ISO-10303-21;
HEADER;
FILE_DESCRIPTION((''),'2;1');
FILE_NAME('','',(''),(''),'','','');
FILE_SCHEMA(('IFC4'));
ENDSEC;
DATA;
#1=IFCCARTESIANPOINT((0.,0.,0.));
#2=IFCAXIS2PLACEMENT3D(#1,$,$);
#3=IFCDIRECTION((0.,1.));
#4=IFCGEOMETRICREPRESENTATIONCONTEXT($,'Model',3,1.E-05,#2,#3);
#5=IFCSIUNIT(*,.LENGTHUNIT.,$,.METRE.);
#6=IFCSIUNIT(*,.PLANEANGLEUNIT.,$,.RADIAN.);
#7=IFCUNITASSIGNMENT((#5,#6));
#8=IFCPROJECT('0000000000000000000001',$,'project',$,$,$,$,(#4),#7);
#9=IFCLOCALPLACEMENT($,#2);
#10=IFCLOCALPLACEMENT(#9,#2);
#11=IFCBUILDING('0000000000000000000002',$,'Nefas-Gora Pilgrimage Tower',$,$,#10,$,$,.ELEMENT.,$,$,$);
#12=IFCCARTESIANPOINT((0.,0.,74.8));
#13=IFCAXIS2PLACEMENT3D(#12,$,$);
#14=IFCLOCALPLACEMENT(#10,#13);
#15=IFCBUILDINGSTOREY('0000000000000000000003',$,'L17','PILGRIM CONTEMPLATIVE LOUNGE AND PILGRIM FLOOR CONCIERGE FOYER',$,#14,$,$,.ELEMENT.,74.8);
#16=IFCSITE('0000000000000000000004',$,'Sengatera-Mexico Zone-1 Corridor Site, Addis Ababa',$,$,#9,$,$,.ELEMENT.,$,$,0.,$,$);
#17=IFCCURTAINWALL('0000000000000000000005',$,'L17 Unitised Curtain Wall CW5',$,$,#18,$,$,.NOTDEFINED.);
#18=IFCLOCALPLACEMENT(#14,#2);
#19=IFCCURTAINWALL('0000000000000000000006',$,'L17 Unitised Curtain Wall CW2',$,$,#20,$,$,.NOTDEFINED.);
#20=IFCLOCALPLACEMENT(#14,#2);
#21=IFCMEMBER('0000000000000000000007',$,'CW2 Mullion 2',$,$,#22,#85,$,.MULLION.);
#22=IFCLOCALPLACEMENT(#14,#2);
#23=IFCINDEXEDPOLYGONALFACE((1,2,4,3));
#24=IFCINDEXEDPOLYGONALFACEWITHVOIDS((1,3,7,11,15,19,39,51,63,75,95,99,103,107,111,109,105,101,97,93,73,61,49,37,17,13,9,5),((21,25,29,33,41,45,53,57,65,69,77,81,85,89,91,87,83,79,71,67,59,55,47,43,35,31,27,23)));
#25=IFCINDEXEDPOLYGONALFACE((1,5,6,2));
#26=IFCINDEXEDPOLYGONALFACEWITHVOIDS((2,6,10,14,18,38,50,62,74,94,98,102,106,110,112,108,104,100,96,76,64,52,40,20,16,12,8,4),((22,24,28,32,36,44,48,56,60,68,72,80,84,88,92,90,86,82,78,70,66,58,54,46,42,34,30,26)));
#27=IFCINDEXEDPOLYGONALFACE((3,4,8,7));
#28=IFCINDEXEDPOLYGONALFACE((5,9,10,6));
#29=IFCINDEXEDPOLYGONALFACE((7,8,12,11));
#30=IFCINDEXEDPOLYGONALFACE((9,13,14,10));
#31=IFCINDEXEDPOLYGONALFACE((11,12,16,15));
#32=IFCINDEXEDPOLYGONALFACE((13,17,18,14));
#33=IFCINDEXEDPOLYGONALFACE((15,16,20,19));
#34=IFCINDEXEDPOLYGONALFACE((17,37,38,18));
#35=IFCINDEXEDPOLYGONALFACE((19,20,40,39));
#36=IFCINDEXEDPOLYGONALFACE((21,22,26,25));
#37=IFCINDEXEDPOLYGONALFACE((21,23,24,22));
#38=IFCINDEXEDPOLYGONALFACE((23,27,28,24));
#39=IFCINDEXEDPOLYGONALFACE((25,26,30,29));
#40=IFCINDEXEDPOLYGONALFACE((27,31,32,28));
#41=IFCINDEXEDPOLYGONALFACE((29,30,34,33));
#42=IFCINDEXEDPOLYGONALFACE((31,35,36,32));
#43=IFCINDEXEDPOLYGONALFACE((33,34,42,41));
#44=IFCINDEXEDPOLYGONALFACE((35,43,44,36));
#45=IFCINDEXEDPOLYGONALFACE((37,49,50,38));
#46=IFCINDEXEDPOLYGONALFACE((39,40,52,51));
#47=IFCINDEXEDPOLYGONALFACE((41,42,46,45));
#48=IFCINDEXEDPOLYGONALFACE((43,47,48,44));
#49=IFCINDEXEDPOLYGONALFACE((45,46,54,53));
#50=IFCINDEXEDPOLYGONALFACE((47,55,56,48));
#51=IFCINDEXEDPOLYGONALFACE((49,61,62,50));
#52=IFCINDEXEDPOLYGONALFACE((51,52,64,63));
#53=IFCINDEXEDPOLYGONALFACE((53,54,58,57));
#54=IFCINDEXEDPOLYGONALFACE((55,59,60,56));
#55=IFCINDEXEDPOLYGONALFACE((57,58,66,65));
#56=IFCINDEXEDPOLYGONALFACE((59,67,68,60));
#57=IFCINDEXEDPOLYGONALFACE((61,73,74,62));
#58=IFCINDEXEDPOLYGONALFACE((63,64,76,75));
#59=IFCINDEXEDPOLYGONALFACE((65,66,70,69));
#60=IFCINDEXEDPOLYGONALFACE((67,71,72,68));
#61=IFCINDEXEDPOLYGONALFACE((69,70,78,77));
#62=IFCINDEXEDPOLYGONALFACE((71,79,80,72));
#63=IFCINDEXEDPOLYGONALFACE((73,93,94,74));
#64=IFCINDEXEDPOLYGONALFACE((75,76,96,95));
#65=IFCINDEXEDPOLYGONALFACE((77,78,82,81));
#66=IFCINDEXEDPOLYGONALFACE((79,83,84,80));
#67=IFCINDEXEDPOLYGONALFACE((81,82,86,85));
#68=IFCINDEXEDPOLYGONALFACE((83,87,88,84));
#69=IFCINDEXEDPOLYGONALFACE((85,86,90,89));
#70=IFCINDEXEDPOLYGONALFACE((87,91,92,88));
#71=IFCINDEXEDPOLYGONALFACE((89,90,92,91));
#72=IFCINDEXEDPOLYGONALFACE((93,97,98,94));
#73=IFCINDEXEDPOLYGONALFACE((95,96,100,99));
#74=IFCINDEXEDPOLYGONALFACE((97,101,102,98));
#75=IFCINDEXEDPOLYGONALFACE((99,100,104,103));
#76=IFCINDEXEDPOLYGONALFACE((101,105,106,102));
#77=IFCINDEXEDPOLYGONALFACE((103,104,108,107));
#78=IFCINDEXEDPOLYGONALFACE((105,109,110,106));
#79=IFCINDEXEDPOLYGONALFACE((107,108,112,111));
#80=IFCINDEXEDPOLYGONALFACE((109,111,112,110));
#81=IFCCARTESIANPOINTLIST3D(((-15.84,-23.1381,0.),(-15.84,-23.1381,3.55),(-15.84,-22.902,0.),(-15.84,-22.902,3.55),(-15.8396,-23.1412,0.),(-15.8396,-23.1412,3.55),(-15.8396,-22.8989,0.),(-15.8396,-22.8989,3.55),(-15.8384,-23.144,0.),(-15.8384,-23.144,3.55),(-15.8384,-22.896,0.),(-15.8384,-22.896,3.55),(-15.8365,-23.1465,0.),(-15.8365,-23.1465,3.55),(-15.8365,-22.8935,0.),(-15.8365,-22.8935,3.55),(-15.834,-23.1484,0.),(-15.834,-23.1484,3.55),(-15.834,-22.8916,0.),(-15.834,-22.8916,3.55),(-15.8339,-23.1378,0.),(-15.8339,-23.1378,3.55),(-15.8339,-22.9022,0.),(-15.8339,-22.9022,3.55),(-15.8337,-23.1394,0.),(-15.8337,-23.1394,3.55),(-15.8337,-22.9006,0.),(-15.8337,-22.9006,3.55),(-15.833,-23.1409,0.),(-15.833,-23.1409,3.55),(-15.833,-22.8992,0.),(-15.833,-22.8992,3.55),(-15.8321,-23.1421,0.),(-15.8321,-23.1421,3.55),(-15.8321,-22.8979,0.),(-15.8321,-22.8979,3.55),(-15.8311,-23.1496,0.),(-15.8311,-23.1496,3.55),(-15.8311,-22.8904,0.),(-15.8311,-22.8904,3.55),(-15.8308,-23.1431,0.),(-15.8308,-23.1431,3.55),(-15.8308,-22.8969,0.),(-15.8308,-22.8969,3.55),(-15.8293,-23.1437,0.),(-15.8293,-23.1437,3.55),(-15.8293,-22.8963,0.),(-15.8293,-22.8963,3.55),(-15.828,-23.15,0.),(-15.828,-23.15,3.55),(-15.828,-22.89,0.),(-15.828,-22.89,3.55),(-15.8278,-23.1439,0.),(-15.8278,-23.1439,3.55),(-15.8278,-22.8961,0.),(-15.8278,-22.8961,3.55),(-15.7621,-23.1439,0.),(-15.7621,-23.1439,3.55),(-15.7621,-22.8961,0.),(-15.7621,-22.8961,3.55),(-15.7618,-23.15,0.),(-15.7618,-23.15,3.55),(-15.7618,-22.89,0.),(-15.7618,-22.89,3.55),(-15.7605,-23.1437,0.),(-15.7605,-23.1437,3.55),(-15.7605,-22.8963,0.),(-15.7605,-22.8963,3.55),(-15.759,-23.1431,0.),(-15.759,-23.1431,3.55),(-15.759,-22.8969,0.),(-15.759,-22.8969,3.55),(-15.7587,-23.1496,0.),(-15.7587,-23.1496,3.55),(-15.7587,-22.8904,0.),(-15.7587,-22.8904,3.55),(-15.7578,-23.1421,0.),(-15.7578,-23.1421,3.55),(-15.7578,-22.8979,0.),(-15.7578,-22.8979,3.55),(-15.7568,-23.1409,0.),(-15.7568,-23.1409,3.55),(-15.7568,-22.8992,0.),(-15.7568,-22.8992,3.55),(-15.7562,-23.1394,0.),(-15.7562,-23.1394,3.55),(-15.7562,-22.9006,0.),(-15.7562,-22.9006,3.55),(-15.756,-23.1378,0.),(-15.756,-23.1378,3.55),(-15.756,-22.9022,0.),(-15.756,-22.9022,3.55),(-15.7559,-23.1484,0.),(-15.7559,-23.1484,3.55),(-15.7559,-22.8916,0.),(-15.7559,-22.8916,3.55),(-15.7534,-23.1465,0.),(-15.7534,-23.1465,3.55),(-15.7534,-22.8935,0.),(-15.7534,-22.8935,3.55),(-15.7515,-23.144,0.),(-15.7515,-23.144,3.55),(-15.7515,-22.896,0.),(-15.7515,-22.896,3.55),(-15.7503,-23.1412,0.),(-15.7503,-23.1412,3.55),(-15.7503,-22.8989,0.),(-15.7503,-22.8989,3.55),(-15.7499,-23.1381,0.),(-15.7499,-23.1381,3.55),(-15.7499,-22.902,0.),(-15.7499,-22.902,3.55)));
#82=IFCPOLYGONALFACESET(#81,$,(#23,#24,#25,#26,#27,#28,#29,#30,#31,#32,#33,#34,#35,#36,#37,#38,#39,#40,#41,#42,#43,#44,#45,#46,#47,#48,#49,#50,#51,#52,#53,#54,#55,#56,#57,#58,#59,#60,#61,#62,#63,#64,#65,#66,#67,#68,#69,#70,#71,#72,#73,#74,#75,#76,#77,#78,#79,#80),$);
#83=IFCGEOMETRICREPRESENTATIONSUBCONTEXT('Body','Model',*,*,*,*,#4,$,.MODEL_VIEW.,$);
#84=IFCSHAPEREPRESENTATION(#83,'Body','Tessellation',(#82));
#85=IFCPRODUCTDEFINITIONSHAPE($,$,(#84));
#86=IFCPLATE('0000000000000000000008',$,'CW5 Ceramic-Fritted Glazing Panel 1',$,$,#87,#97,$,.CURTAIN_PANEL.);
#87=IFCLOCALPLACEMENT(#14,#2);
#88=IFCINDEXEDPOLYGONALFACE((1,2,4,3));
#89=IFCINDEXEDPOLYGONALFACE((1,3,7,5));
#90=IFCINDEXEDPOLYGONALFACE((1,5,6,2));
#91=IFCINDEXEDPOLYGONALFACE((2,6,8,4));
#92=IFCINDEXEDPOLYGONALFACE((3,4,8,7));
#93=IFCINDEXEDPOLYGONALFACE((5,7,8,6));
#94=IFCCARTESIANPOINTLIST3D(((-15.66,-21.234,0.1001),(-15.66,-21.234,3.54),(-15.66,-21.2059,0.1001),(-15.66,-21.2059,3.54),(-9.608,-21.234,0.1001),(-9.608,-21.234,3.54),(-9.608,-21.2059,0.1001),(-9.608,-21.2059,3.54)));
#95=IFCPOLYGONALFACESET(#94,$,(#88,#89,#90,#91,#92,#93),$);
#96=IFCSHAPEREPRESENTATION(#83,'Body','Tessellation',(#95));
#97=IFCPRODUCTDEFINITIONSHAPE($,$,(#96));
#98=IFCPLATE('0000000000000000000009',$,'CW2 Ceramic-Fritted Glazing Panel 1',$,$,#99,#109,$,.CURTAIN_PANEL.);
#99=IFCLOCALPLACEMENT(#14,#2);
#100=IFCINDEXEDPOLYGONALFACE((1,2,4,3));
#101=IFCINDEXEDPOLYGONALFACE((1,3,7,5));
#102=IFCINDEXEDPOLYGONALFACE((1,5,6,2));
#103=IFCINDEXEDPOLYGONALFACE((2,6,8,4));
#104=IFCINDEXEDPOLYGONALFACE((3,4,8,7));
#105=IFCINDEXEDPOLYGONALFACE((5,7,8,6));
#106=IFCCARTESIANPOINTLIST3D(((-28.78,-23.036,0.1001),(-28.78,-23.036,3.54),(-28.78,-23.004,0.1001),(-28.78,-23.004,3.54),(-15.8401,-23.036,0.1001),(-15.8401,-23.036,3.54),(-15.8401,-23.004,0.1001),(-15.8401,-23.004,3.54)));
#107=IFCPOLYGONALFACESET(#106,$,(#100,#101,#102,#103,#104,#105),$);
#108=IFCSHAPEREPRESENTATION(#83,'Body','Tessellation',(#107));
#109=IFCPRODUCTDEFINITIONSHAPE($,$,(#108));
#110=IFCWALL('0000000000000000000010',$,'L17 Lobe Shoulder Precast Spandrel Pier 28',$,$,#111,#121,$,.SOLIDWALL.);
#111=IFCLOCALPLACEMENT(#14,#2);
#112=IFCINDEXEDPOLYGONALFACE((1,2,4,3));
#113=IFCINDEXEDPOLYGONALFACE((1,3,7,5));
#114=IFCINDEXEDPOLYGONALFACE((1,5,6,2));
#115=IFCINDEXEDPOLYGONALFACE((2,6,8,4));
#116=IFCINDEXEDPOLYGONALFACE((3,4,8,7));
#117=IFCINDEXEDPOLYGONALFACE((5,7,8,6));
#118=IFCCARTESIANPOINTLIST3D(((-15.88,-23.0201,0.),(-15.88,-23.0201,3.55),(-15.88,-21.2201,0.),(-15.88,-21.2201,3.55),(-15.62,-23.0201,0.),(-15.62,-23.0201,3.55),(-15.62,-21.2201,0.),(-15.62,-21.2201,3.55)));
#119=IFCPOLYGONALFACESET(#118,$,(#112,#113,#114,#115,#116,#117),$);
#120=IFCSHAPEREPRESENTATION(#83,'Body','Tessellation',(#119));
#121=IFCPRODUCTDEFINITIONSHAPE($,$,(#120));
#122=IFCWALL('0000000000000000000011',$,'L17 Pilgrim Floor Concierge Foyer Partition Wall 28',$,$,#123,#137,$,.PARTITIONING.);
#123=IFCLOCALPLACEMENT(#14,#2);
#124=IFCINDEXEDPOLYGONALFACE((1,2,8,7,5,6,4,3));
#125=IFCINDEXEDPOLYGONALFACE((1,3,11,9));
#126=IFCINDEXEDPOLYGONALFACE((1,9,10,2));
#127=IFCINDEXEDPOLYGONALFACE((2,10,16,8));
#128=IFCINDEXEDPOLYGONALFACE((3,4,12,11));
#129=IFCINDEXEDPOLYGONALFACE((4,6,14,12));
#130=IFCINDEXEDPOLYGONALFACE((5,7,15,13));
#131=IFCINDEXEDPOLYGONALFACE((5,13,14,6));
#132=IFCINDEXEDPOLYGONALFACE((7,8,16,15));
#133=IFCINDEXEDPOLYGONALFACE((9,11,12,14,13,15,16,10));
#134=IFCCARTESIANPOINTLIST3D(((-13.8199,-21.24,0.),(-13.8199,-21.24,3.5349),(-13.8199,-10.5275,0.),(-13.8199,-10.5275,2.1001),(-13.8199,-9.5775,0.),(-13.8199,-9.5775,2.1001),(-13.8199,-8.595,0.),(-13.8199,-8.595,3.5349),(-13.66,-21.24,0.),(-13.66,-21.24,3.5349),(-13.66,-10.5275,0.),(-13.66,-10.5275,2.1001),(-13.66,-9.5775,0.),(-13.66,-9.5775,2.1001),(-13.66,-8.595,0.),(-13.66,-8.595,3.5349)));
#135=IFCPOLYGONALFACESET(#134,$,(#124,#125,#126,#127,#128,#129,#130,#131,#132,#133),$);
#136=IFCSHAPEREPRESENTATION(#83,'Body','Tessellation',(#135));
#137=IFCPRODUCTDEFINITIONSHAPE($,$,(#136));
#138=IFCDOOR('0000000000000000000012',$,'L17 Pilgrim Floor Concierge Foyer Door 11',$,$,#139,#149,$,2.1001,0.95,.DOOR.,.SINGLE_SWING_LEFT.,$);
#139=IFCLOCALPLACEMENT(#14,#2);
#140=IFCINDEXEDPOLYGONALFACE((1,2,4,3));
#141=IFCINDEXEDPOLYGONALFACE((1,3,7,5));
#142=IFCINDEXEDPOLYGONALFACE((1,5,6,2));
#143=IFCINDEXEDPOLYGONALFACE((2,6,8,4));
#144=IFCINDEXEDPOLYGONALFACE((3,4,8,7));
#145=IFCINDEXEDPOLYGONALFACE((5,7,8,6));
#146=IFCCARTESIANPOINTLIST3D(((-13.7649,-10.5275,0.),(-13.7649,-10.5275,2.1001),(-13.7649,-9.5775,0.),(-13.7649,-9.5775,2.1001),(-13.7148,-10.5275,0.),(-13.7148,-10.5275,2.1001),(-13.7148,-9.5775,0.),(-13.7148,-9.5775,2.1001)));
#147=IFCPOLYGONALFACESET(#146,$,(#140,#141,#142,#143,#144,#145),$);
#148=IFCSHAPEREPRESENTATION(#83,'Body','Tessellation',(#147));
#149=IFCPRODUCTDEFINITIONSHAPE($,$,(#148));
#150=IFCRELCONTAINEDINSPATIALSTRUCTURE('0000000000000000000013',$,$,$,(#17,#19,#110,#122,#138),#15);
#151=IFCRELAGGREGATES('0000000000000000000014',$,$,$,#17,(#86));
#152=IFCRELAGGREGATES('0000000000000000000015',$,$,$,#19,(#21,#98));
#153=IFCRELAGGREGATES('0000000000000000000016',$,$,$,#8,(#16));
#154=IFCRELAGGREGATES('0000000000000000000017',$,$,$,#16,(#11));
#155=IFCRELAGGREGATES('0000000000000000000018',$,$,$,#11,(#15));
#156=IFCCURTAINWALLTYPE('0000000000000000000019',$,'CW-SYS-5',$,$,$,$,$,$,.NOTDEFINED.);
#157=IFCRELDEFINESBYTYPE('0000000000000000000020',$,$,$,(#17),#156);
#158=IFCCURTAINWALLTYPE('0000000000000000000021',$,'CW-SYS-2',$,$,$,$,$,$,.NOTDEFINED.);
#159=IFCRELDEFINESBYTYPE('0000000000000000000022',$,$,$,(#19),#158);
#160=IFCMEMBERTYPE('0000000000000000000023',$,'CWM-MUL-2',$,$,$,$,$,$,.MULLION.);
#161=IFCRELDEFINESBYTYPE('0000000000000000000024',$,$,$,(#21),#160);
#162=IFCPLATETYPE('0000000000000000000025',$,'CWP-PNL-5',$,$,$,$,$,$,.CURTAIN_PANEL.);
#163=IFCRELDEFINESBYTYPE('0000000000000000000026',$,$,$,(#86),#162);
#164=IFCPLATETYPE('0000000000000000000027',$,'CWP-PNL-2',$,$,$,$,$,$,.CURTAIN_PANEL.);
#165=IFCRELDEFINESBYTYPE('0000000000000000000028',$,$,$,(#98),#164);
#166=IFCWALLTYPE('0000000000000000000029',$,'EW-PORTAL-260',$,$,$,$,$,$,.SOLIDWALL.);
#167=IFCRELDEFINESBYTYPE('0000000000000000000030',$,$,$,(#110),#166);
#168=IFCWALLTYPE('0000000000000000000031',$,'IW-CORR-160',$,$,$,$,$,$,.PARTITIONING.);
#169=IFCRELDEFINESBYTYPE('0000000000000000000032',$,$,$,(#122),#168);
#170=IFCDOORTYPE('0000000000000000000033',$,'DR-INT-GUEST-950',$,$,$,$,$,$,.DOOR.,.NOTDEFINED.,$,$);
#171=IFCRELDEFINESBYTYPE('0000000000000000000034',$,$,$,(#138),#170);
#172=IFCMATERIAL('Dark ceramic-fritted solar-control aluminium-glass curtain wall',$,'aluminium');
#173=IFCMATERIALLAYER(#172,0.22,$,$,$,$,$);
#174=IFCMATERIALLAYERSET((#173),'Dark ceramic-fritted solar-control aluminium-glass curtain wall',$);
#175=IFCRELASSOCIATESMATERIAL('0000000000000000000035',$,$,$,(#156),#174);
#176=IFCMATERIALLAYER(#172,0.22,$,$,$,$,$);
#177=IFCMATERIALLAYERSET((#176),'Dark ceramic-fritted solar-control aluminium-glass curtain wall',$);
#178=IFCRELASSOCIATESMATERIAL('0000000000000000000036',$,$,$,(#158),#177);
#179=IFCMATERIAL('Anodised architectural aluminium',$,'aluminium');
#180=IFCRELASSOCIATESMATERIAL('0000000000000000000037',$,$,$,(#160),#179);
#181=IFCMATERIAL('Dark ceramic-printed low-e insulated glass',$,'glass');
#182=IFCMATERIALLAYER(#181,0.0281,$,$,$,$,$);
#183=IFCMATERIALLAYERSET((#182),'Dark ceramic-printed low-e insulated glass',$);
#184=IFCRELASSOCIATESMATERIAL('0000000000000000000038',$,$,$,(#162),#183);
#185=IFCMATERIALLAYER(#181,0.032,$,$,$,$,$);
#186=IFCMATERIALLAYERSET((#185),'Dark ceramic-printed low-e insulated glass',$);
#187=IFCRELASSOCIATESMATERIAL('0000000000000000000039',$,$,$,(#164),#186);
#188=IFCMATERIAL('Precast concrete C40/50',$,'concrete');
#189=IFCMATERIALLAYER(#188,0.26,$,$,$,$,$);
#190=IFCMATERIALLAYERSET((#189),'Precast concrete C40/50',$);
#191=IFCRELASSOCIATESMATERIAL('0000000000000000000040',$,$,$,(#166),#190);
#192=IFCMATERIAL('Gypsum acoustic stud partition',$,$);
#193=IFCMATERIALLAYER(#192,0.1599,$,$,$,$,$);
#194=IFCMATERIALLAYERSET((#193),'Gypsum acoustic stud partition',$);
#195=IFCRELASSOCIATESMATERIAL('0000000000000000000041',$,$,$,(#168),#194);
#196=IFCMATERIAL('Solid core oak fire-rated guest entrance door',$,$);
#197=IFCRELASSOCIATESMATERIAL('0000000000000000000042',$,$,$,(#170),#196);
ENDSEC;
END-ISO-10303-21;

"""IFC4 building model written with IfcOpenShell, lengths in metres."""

from ifc_helpers import new_model, si_unit, direction, frame, frame_2d, origin, origin_2d, place, context, subcontext, project, spatial, rectangle, hollow_rectangle, extrude, source, transform, mapped, material, layer, layer_set, material_profile, profile_set, type_object, element, fill, aggregate, save


model = new_model("IFC4")

# Units and contexts
model_context = context("Model", 3, precision=1e-05, world=origin(), true_north=direction((0.0, 1.0)))
body_context = subcontext(model_context, "Body", "Model", "MODEL_VIEW")
ifc_project = project(units=[si_unit("LENGTHUNIT", "METRE"), si_unit("PLANEANGLEUNIT", "RADIAN")], contexts=[model_context])

# Site, building, storey
site_placement = place(None, origin())
site = spatial("IfcSite", under=ifc_project, at=site_placement, Name="Sengatera-Mexico Zone-1 Corridor Site, Addis Ababa", CompositionType="ELEMENT", RefElevation=0.0)
building_placement = place(site_placement, origin())
building = spatial("IfcBuilding", under=site, at=building_placement, Name="Nefas-Gora Pilgrimage Tower", CompositionType="ELEMENT")
storey_placement = place(building_placement, frame((0.0, 0.0, 74.8)))
storey = spatial("IfcBuildingStorey", under=building, at=storey_placement, Name="L17", Description="PILGRIM CONTEMPLATIVE LOUNGE AND PILGRIM FLOOR CONCIERGE FOYER", CompositionType="ELEMENT", Elevation=74.8)

# Curtain wall
ifc_material_1 = material(Name="Dark ceramic-fritted solar-control aluminium-glass curtain wall", Category="aluminium")
ifc_layer_1 = layer(ifc_material_1, 0.22)
ifc_layer_set_1 = layer_set([ifc_layer_1], Name="Dark ceramic-fritted solar-control aluminium-glass curtain wall")
curtain_wall_type_1 = type_object("IfcCurtainWallType", Name="CW-SYS-5", PredefinedType="NOTDEFINED", material=ifc_layer_set_1)
curtain_wall_1_placement = place(storey_placement, origin())
curtain_wall_1 = element("IfcCurtainWall", 1, at=curtain_wall_1_placement, inside=storey, type_object=curtain_wall_type_1, Name="L17 Unitised Curtain Wall CW5", PredefinedType="NOTDEFINED")
ifc_material_2 = material(Name="Anodised architectural aluminium", Category="aluminium")

# Curtain wall, member
ifc_layer_2 = layer(ifc_material_1, 0.22)
ifc_layer_set_2 = layer_set([ifc_layer_2], Name="Dark ceramic-fritted solar-control aluminium-glass curtain wall")
curtain_wall_type_2 = type_object("IfcCurtainWallType", Name="CW-SYS-2", PredefinedType="NOTDEFINED", material=ifc_layer_set_2)
curtain_wall_2_placement = place(storey_placement, origin())
curtain_wall_2 = element("IfcCurtainWall", 2, at=curtain_wall_2_placement, inside=storey, type_object=curtain_wall_type_2, Name="L17 Unitised Curtain Wall CW2", PredefinedType="NOTDEFINED")
ifc_material_profile_1 = material_profile(ifc_material_2, hollow_rectangle(XDim=0.0901, YDim=0.26, WallThickness=0.0061, InnerFilletRadius=0.0061, OuterFilletRadius=0.012, at=origin_2d()), Name="ALU MULLION 90x260")
ifc_profile_set_1 = profile_set([ifc_material_profile_1], Name="Anodised architectural aluminium")
member_type_1 = type_object("IfcMemberType", Name="CWM-MUL-2", PredefinedType="MULLION", material=ifc_profile_set_1)
shared_shape_1 = source(origin(), body_context, "Body", "SweptSolid", [
    extrude(hollow_rectangle(XDim=0.0901, YDim=0.26, WallThickness=0.0061, InnerFilletRadius=0.0061, OuterFilletRadius=0.012, at=origin_2d()), origin(), (0.0, 0.0, 1.0), 3.55),
])
member_1_placement = place(storey_placement, frame((-15.7949, -23.02, 0.0), z_axis=(0.0, 0.0, 1.0), x_axis=(1.0, 0.0, 0.0)))
member_1 = element("IfcMember", 3, at=member_1_placement, type_object=member_type_1, Name="CW2 Mullion 2", PredefinedType="MULLION", context=body_context, shape_type="MappedRepresentation", body=[
    mapped(shared_shape_1, transform((0.0, 0.0, 0.0), x_axis=(1.0, 0.0, 0.0), y_axis=(0.0, 1.0, 0.0), z_axis=(0.0, 0.0, 1.0), scale=1.0)),
])

# Plates
ifc_material_3 = material(Name="Dark ceramic-printed low-e insulated glass", Category="glass")
ifc_layer_3 = layer(ifc_material_3, 0.0281)
ifc_layer_set_3 = layer_set([ifc_layer_3], Name="Dark ceramic-printed low-e insulated glass")
plate_type_1 = type_object("IfcPlateType", Name="CWP-PNL-5", PredefinedType="CURTAIN_PANEL", material=ifc_layer_set_3)
shared_shape_2 = source(origin(), body_context, "Body", "SweptSolid", [
    extrude(rectangle(XDim=6.052, YDim=0.0281, at=origin_2d()), origin(), (0.0, 0.0, 1.0), 3.4399),
])
plate_1_placement = place(storey_placement, frame((-12.634, -21.22, 0.1001), z_axis=(0.0, 0.0, 1.0), x_axis=(1.0, 0.0, 0.0)))
plate_1 = element("IfcPlate", 4, at=plate_1_placement, type_object=plate_type_1, Name="CW5 Ceramic-Fritted Glazing Panel 1", PredefinedType="CURTAIN_PANEL", context=body_context, shape_type="MappedRepresentation", body=[
    mapped(shared_shape_2, transform((0.0, 0.0, 0.0), x_axis=(1.0, 0.0, 0.0), y_axis=(0.0, 1.0, 0.0), z_axis=(0.0, 0.0, 1.0), scale=1.0)),
])
aggregate(curtain_wall_1, [plate_1])
ifc_layer_4 = layer(ifc_material_3, 0.032)
ifc_layer_set_4 = layer_set([ifc_layer_4], Name="Dark ceramic-printed low-e insulated glass")
plate_type_2 = type_object("IfcPlateType", Name="CWP-PNL-2", PredefinedType="CURTAIN_PANEL", material=ifc_layer_set_4)
shared_shape_3 = source(origin(), body_context, "Body", "SweptSolid", [
    extrude(rectangle(XDim=12.9399, YDim=0.032, at=origin_2d()), origin(), (0.0, 0.0, 1.0), 3.4399),
])
plate_2_placement = place(storey_placement, frame((-22.3101, -23.02, 0.1001), z_axis=(0.0, 0.0, 1.0), x_axis=(1.0, 0.0, 0.0)))
plate_2 = element("IfcPlate", 5, at=plate_2_placement, type_object=plate_type_2, Name="CW2 Ceramic-Fritted Glazing Panel 1", PredefinedType="CURTAIN_PANEL", context=body_context, shape_type="MappedRepresentation", body=[
    mapped(shared_shape_3, transform((0.0, 0.0, 0.0), x_axis=(1.0, 0.0, 0.0), y_axis=(0.0, 1.0, 0.0), z_axis=(0.0, 0.0, 1.0), scale=1.0)),
])
aggregate(curtain_wall_2, [member_1, plate_2])

# Wall
ifc_material_4 = material(Name="Precast concrete C40/50", Category="concrete")
ifc_layer_5 = layer(ifc_material_4, 0.26)
ifc_layer_set_5 = layer_set([ifc_layer_5], Name="Precast concrete C40/50")
wall_type_1 = type_object("IfcWallType", Name="EW-PORTAL-260", PredefinedType="SOLIDWALL", material=ifc_layer_set_5)
shared_shape_4 = source(origin(), body_context, "Body", "SweptSolid", [
    extrude(rectangle(XDim=1.8, YDim=0.26, at=frame_2d((0.8999, 0.0))), origin(), (0.0, 0.0, 1.0), 3.55),
])
wall_1_placement = place(storey_placement, frame((-15.75, -23.02, 0.0), z_axis=(0.0, 0.0, 1.0), x_axis=(0.0, 1.0, 0.0)))
element("IfcWall", 6, at=wall_1_placement, inside=storey, type_object=wall_type_1, Name="L17 Lobe Shoulder Precast Spandrel Pier 28", PredefinedType="SOLIDWALL", context=body_context, shape_type="MappedRepresentation", body=[
    mapped(shared_shape_4, transform((0.0, 0.0, 0.0), x_axis=(1.0, 0.0, 0.0), y_axis=(0.0, 1.0, 0.0), z_axis=(0.0, 0.0, 1.0), scale=1.0)),
])

# Wall, opening, door
ifc_material_5 = material(Name="Gypsum acoustic stud partition")
ifc_layer_6 = layer(ifc_material_5, 0.1599)
ifc_layer_set_6 = layer_set([ifc_layer_6], Name="Gypsum acoustic stud partition")
wall_type_2 = type_object("IfcWallType", Name="IW-CORR-160", PredefinedType="PARTITIONING", material=ifc_layer_set_6)
shared_shape_5 = source(origin(), body_context, "Body", "SweptSolid", [
    extrude(rectangle(XDim=12.645, YDim=0.1599, at=frame_2d((6.3225, 0.0))), origin(), (0.0, 0.0, 1.0), 3.5349),
])
wall_2_placement = place(storey_placement, frame((-13.74, -21.24, 0.0), z_axis=(0.0, 0.0, 1.0), x_axis=(0.0, 1.0, 0.0)))
wall_2 = element("IfcWall", 7, at=wall_2_placement, inside=storey, type_object=wall_type_2, Name="L17 Pilgrim Floor Concierge Foyer Partition Wall 28", PredefinedType="PARTITIONING", context=body_context, shape_type="MappedRepresentation", body=[
    mapped(shared_shape_5, transform((0.0, 0.0, 0.0), x_axis=(1.0, 0.0, 0.0), y_axis=(0.0, 1.0, 0.0), z_axis=(0.0, 0.0, 1.0), scale=1.0)),
])
opening_1_placement = place(wall_2_placement, frame((10.7124, 0.0, 0.0)))
opening_1 = element("IfcOpeningElement", 8, at=opening_1_placement, cuts=wall_2, PredefinedType="OPENING", context=body_context, shape_type="SweptSolid", body=[
    extrude(rectangle(XDim=0.95, YDim=2.1001, at=frame_2d((0.4751, 1.05))), frame((0.0, 0.0898, 0.0), z_axis=(0.0, -1.0, 0.0), x_axis=(1.0, 0.0, 0.0)), (0.0, 0.0, 1.0), 0.1799),
])
ifc_material_6 = material(Name="Solid core oak fire-rated guest entrance door")
door_type = type_object("IfcDoorType", Name="DR-INT-GUEST-950", OperationType="NOTDEFINED", PredefinedType="DOOR", material=ifc_material_6)
shared_shape_6 = source(origin(), body_context, "Body", "SweptSolid", [
    extrude(rectangle(XDim=0.95, YDim=2.1001, at=frame_2d((0.4751, 1.05))), frame((0.0, 0.0249, 0.0), z_axis=(0.0, -1.0, 0.0), x_axis=(1.0, 0.0, 0.0)), (0.0, 0.0, 1.0), 0.05),
])
door_1_placement = place(opening_1_placement, origin())
door_1 = element("IfcDoor", 9, at=door_1_placement, inside=storey, type_object=door_type, Name="L17 Pilgrim Floor Concierge Foyer Door 11", OperationType="SINGLE_SWING_LEFT", OverallHeight=2.1001, OverallWidth=0.95, PredefinedType="DOOR", context=body_context, shape_type="MappedRepresentation", body=[
    mapped(shared_shape_6, transform((0.0, 0.0, 0.0), x_axis=(1.0, 0.0, 0.0), y_axis=(0.0, 1.0, 0.0), z_axis=(0.0, 0.0, 1.0), scale=1.0)),
])
fill(opening_1, door_1)

save(model, "model.ifc")
